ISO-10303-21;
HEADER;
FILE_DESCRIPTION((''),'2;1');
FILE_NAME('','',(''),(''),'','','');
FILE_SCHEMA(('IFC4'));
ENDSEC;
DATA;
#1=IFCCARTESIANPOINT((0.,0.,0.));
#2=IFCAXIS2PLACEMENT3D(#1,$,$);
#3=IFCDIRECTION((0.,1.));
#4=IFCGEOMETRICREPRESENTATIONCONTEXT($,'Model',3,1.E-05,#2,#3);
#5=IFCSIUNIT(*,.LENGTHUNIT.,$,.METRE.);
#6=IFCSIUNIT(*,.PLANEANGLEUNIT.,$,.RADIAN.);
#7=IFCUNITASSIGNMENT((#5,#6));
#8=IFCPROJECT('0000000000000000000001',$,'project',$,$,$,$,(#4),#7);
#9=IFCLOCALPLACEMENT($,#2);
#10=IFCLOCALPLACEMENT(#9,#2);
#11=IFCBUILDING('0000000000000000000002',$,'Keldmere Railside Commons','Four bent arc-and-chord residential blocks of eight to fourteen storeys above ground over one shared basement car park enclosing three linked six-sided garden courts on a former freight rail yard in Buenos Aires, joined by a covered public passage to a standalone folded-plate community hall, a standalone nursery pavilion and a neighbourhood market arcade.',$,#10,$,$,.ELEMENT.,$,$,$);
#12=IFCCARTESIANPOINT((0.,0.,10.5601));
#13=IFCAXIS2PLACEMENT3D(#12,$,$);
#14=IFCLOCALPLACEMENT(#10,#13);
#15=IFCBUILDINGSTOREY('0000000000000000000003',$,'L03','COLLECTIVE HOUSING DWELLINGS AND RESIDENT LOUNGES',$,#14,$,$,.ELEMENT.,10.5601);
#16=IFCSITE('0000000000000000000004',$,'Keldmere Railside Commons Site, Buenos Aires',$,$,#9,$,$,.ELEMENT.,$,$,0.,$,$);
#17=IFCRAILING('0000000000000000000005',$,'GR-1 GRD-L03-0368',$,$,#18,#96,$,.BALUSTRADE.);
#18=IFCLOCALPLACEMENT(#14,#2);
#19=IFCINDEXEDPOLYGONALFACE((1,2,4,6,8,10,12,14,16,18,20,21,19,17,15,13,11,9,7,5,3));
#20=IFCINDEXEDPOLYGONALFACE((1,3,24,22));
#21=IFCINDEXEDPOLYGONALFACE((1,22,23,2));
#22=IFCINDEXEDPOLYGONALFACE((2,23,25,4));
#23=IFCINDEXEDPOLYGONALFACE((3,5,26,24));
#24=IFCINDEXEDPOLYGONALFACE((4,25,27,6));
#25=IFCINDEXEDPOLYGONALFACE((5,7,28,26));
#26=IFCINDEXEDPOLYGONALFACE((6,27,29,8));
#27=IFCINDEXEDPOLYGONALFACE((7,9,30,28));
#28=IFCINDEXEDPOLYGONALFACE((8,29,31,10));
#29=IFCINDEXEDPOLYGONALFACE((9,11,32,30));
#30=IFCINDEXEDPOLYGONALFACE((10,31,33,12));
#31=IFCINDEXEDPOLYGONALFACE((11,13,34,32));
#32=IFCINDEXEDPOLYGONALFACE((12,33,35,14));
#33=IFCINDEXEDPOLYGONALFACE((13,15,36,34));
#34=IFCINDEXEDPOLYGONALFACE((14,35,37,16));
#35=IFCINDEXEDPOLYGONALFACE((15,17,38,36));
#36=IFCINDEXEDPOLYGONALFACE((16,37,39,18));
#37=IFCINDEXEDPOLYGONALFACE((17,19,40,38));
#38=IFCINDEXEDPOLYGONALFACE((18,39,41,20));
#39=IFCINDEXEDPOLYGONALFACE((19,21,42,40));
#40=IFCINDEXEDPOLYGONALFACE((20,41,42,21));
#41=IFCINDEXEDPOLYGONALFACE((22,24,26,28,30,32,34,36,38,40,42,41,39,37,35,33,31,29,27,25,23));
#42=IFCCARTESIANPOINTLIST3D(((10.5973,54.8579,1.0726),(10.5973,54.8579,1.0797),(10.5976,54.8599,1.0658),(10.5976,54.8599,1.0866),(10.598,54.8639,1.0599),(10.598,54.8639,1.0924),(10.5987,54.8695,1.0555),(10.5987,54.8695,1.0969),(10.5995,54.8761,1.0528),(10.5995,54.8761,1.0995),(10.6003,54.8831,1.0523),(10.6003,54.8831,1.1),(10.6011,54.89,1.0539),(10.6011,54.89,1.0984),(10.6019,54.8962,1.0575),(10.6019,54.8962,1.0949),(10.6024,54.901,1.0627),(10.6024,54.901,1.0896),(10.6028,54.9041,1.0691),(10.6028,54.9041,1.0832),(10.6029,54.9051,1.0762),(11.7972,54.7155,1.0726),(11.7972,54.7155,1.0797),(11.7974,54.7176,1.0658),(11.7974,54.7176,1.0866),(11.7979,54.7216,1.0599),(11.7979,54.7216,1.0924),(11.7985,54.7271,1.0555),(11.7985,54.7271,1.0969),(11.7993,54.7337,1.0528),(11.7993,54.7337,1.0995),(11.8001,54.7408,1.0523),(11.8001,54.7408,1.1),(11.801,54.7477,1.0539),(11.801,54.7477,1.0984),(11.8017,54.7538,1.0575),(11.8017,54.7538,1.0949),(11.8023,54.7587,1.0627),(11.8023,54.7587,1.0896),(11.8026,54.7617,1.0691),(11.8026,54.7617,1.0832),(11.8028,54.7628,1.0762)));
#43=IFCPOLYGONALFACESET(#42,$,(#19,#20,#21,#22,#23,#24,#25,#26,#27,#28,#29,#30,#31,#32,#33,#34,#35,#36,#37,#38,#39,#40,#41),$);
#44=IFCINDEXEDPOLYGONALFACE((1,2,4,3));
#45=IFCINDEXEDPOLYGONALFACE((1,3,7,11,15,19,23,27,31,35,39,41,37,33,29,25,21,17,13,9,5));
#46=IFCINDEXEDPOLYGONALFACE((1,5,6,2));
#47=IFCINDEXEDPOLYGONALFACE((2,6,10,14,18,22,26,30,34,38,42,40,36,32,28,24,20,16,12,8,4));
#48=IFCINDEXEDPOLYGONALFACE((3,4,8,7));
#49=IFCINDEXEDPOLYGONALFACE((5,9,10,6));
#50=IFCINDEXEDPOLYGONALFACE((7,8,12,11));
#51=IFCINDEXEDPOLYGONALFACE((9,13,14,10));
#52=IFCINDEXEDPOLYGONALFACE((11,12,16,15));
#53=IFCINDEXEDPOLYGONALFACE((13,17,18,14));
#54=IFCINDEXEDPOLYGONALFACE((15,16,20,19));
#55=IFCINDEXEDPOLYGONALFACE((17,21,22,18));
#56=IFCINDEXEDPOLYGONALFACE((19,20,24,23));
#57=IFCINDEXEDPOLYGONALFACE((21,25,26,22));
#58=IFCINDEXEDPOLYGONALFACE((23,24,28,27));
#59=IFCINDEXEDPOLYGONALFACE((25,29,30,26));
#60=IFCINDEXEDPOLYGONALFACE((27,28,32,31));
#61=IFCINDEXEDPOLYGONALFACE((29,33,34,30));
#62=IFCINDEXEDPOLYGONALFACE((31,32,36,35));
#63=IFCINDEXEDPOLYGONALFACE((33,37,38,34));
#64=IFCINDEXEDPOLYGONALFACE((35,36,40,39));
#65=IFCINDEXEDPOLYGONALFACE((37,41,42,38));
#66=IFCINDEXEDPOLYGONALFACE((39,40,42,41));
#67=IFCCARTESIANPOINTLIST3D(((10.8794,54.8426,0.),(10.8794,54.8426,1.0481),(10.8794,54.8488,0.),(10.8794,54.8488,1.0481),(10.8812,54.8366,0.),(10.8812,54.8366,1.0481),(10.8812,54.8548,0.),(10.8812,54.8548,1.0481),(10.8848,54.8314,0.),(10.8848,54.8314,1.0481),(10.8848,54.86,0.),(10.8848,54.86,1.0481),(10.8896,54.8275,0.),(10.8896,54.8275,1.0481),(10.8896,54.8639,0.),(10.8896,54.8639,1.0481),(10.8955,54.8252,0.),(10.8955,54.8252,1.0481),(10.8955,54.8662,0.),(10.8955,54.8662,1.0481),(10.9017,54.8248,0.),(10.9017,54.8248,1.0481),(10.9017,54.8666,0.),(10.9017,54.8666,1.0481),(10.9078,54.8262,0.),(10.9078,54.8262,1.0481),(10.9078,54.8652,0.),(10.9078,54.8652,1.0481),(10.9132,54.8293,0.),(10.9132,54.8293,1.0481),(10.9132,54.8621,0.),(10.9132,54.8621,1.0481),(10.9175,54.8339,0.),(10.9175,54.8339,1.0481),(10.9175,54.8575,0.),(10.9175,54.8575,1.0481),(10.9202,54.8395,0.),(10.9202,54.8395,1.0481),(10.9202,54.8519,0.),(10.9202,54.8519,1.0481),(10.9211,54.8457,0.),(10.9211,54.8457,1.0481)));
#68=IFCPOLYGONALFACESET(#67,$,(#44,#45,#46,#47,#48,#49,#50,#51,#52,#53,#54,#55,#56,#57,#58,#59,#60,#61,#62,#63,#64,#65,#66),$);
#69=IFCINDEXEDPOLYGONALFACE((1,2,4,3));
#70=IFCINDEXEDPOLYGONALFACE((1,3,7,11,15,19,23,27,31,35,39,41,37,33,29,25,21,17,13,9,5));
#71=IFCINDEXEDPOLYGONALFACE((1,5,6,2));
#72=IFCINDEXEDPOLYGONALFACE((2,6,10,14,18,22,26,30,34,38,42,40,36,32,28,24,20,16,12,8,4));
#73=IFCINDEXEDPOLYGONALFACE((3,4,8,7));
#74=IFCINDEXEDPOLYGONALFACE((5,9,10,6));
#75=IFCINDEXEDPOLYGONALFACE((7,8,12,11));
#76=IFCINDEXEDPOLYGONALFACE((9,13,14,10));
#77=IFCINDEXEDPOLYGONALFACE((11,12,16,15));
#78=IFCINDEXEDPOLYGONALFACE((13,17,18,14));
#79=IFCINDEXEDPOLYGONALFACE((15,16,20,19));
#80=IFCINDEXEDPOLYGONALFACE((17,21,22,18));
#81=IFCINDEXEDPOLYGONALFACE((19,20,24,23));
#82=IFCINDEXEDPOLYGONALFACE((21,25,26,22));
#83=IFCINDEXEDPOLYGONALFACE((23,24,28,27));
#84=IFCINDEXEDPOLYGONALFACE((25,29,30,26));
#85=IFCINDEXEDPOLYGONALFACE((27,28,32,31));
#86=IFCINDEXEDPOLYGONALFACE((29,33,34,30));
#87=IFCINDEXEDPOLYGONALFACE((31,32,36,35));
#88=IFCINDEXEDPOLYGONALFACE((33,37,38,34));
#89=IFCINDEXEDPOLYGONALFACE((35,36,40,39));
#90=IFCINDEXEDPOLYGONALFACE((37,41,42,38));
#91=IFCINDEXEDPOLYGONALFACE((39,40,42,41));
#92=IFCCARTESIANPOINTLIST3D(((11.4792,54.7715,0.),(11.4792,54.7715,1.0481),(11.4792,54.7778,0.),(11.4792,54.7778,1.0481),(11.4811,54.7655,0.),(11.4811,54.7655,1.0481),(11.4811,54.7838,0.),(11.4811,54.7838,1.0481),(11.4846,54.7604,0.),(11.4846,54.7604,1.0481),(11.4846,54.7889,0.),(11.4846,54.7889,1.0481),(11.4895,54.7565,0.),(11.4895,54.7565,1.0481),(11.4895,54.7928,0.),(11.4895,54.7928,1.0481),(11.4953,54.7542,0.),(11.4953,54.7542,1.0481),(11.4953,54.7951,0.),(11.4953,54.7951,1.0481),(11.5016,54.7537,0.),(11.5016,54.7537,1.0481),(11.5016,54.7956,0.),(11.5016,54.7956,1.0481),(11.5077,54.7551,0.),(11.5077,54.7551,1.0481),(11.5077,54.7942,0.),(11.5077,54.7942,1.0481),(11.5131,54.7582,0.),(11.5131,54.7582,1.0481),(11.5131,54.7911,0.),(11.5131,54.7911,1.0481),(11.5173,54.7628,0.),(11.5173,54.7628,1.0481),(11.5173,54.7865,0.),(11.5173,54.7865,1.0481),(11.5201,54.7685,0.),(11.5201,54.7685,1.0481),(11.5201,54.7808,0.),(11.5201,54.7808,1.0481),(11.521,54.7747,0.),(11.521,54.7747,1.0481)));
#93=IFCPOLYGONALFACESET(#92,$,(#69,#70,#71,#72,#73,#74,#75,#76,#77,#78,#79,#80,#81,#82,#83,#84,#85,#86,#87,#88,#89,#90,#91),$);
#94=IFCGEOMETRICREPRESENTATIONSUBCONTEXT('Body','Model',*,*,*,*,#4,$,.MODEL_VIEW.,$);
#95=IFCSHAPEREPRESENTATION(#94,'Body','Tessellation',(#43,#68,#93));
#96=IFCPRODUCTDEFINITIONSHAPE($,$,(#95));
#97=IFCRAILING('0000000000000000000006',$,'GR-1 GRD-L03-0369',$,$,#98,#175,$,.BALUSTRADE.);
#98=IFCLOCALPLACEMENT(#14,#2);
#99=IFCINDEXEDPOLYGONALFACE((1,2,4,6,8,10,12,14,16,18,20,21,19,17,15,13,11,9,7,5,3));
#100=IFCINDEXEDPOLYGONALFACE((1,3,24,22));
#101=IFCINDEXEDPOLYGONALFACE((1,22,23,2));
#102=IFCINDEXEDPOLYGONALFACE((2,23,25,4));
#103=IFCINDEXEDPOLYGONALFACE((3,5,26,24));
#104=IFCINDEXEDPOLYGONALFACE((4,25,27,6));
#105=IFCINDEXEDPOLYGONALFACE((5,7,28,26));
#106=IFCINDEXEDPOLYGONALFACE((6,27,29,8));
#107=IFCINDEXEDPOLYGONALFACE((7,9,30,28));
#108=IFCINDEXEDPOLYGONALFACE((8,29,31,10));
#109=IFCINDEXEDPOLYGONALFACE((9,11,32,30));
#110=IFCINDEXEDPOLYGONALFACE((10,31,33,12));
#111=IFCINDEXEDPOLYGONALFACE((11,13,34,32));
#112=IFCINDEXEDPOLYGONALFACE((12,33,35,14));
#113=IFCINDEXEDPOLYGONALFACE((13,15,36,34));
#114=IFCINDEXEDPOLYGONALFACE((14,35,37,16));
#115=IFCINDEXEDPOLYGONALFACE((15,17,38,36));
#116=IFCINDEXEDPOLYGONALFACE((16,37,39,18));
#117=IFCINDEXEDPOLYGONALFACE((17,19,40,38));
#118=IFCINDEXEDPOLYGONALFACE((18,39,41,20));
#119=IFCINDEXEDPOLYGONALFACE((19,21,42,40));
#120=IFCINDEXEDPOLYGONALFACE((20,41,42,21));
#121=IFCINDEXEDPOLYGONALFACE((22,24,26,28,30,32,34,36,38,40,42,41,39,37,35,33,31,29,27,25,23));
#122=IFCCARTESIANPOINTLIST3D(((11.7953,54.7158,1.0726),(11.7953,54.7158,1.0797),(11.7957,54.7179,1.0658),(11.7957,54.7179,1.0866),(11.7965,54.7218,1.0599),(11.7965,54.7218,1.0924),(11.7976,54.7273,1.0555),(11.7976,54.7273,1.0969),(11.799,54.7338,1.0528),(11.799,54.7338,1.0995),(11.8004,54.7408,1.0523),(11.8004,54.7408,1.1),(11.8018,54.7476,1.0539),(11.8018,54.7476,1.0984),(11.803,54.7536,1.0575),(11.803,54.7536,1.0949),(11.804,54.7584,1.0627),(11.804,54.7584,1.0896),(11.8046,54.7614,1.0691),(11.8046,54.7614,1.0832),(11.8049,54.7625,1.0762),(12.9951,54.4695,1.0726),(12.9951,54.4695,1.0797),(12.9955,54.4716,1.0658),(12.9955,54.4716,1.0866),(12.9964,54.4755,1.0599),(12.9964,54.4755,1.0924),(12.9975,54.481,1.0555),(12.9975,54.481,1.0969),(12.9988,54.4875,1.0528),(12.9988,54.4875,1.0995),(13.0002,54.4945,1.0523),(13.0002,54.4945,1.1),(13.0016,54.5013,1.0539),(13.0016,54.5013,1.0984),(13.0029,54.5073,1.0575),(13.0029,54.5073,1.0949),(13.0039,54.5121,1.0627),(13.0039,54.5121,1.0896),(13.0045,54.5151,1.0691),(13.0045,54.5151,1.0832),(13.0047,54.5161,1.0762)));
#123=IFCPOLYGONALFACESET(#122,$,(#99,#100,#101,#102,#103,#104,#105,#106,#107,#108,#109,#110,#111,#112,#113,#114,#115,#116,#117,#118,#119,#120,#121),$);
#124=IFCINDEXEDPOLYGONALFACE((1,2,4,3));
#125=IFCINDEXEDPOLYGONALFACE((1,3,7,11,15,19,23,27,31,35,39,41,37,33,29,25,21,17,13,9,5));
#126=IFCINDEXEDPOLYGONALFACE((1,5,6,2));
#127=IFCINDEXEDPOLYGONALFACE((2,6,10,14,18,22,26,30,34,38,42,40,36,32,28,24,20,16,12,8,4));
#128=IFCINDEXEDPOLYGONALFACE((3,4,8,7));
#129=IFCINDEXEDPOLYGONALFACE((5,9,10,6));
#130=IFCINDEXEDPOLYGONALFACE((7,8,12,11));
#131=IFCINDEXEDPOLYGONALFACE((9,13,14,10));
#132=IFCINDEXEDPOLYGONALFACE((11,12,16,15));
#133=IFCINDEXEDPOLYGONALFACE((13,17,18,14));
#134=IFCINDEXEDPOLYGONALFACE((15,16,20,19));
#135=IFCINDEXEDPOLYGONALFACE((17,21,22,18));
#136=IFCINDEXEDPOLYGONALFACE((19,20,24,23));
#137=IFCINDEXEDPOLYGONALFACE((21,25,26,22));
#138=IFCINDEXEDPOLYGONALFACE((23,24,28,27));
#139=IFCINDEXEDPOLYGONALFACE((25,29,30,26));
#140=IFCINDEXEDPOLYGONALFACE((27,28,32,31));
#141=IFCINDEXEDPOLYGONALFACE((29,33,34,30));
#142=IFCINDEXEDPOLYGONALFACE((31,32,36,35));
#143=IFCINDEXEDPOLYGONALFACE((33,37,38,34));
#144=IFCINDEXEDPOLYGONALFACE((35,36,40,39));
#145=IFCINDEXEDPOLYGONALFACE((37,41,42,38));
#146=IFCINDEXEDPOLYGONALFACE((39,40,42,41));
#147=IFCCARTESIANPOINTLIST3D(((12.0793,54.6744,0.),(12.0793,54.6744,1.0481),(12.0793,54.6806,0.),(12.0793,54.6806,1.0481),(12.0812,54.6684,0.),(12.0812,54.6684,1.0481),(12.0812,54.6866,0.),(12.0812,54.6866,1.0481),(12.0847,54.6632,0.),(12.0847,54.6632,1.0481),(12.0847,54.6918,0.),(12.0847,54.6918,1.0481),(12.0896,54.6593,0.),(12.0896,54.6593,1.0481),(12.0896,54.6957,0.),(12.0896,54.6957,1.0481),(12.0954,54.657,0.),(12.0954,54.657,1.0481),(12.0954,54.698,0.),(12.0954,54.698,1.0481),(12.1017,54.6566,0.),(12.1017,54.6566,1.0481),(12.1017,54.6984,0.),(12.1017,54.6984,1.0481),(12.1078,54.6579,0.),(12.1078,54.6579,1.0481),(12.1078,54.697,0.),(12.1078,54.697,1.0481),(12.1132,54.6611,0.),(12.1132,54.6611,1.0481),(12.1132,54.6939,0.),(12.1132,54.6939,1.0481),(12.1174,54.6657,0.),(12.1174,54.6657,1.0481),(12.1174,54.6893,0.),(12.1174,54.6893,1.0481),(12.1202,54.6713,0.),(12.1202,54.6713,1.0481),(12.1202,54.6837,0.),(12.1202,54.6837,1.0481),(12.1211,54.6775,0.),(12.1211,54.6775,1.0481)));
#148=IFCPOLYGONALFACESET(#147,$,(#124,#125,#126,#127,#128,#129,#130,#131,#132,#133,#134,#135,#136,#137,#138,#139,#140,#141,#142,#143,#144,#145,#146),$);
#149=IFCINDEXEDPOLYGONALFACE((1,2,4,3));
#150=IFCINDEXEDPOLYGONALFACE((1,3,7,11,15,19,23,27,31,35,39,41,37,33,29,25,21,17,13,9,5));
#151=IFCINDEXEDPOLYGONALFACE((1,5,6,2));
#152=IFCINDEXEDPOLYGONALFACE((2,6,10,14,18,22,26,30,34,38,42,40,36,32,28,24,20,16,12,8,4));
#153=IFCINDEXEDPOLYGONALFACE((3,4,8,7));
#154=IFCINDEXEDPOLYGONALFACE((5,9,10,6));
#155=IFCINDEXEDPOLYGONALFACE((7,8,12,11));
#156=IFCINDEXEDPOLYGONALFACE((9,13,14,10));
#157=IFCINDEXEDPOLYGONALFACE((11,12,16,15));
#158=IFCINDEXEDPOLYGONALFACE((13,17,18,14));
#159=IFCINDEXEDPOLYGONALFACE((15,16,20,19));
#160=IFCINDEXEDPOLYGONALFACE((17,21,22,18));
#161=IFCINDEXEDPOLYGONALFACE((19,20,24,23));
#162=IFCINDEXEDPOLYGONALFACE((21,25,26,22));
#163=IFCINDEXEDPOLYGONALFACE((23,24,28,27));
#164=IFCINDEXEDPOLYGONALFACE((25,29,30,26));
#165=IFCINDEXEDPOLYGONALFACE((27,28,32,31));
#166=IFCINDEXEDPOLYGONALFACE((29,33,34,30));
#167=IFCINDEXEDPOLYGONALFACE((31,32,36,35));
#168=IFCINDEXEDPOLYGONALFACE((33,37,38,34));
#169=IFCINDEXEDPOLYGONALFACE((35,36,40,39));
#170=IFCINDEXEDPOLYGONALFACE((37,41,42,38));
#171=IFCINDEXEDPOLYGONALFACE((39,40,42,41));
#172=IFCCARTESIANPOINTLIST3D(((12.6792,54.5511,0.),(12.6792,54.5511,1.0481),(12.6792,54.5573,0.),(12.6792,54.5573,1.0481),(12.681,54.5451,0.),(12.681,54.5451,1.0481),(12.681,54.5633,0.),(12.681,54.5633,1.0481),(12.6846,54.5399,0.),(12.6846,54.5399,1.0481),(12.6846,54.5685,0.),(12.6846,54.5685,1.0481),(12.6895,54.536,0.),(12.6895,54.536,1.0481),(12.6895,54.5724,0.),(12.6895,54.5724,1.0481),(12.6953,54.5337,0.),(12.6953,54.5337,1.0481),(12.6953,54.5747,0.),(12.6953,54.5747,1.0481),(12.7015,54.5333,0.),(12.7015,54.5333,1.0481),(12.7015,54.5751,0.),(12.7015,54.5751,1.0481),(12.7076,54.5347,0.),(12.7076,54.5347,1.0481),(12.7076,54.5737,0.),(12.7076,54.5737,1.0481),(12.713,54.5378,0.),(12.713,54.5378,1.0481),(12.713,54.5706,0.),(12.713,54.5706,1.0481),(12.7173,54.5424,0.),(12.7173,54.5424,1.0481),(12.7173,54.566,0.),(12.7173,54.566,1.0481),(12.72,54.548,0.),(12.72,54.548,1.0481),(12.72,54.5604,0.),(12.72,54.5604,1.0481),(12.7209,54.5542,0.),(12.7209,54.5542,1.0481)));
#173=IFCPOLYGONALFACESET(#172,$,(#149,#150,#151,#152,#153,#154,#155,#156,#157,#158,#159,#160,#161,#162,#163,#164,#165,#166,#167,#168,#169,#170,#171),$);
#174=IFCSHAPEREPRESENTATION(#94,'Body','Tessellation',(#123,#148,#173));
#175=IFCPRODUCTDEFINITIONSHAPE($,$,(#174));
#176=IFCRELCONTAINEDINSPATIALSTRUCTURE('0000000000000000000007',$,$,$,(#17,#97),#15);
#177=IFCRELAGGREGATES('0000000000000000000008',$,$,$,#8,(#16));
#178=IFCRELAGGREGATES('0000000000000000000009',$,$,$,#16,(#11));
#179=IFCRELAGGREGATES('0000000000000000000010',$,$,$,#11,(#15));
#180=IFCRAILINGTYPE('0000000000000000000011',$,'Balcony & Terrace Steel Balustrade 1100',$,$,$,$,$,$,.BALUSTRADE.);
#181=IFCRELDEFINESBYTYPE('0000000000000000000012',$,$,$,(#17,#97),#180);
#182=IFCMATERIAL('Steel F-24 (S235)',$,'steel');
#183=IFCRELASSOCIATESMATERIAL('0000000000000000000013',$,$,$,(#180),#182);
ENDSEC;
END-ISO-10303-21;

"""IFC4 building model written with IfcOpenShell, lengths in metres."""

from ifc_helpers import new_model, si_unit, direction, frame, origin, origin_2d, place, context, subcontext, project, spatial, circle, extrude, material, type_object, element, save


model = new_model("IFC4")

# Units and contexts
model_context = context("Model", 3, precision=1e-05, world=origin(), true_north=direction((0.0, 1.0)))
body_context = subcontext(model_context, "Body", "Model", "MODEL_VIEW")
ifc_project = project(units=[si_unit("LENGTHUNIT", "METRE"), si_unit("PLANEANGLEUNIT", "RADIAN")], contexts=[model_context])

# Site, building, storey
site_placement = place(None, origin())
site = spatial("IfcSite", under=ifc_project, at=site_placement, Name="Keldmere Railside Commons Site, Buenos Aires", CompositionType="ELEMENT", RefElevation=0.0)
building_placement = place(site_placement, origin())
building = spatial("IfcBuilding", under=site, at=building_placement, Name="Keldmere Railside Commons", Description="Four bent arc-and-chord residential blocks of eight to fourteen storeys above ground over one shared basement car park enclosing three linked six-sided garden courts on a former freight rail yard in Buenos Aires, joined by a covered public passage to a standalone folded-plate community hall, a standalone nursery pavilion and a neighbourhood market arcade.", CompositionType="ELEMENT")
storey_placement = place(building_placement, frame((0.0, 0.0, 10.5601)))
storey = spatial("IfcBuildingStorey", under=building, at=storey_placement, Name="L03", Description="COLLECTIVE HOUSING DWELLINGS AND RESIDENT LOUNGES", CompositionType="ELEMENT", Elevation=10.5601)

# Shared definitions
ifc_material_1 = material(Name="Steel F-24 (S235)", Category="steel")

# Railings
railing_type = type_object("IfcRailingType", Name="Balcony & Terrace Steel Balustrade 1100", PredefinedType="BALUSTRADE", material=ifc_material_1)
railing_1_placement = place(storey_placement, frame((10.6001, 54.8813, 0.0)))
element("IfcRailing", 1, at=railing_1_placement, inside=storey, type_object=railing_type, Name="GR-1 GRD-L03-0368", PredefinedType="BALUSTRADE", context=body_context, shape_type="SweptSolid", body=[
    extrude(circle(Radius=0.0239, at=origin_2d()), frame((0.0, 0.0, 1.0762), z_axis=(0.993038, -0.117791, 0.0), x_axis=(0.117791, 0.993038, 0.0)), (0.0, 0.0, 1.0), 1.2083),
    extrude(circle(Radius=0.021, at=origin_2d()), frame((0.3, -0.0356, 0.0)), (0.0, 0.0, 1.0), 1.0481),
    extrude(circle(Radius=0.021, at=origin_2d()), frame((0.8999, -0.1067, 0.0)), (0.0, 0.0, 1.0), 1.0481),
])
railing_2_placement = place(storey_placement, frame((11.8, 54.739, 0.0)))
element("IfcRailing", 2, at=railing_2_placement, inside=storey, type_object=railing_type, Name="GR-1 GRD-L03-0369", PredefinedType="BALUSTRADE", context=body_context, shape_type="SweptSolid", body=[
    extrude(circle(Radius=0.0239, at=origin_2d()), frame((0.0, 0.0, 1.0762), z_axis=(0.979572, -0.201096, 0.0), x_axis=(0.201096, 0.979572, 0.0)), (0.0, 0.0, 1.0), 1.2249),
    extrude(circle(Radius=0.021, at=origin_2d()), frame((0.3, -0.0615, 0.0)), (0.0, 0.0, 1.0), 1.0481),
    extrude(circle(Radius=0.021, at=origin_2d()), frame((0.8999, -0.1848, 0.0)), (0.0, 0.0, 1.0), 1.0481),
])

save(model, "model.ifc")
